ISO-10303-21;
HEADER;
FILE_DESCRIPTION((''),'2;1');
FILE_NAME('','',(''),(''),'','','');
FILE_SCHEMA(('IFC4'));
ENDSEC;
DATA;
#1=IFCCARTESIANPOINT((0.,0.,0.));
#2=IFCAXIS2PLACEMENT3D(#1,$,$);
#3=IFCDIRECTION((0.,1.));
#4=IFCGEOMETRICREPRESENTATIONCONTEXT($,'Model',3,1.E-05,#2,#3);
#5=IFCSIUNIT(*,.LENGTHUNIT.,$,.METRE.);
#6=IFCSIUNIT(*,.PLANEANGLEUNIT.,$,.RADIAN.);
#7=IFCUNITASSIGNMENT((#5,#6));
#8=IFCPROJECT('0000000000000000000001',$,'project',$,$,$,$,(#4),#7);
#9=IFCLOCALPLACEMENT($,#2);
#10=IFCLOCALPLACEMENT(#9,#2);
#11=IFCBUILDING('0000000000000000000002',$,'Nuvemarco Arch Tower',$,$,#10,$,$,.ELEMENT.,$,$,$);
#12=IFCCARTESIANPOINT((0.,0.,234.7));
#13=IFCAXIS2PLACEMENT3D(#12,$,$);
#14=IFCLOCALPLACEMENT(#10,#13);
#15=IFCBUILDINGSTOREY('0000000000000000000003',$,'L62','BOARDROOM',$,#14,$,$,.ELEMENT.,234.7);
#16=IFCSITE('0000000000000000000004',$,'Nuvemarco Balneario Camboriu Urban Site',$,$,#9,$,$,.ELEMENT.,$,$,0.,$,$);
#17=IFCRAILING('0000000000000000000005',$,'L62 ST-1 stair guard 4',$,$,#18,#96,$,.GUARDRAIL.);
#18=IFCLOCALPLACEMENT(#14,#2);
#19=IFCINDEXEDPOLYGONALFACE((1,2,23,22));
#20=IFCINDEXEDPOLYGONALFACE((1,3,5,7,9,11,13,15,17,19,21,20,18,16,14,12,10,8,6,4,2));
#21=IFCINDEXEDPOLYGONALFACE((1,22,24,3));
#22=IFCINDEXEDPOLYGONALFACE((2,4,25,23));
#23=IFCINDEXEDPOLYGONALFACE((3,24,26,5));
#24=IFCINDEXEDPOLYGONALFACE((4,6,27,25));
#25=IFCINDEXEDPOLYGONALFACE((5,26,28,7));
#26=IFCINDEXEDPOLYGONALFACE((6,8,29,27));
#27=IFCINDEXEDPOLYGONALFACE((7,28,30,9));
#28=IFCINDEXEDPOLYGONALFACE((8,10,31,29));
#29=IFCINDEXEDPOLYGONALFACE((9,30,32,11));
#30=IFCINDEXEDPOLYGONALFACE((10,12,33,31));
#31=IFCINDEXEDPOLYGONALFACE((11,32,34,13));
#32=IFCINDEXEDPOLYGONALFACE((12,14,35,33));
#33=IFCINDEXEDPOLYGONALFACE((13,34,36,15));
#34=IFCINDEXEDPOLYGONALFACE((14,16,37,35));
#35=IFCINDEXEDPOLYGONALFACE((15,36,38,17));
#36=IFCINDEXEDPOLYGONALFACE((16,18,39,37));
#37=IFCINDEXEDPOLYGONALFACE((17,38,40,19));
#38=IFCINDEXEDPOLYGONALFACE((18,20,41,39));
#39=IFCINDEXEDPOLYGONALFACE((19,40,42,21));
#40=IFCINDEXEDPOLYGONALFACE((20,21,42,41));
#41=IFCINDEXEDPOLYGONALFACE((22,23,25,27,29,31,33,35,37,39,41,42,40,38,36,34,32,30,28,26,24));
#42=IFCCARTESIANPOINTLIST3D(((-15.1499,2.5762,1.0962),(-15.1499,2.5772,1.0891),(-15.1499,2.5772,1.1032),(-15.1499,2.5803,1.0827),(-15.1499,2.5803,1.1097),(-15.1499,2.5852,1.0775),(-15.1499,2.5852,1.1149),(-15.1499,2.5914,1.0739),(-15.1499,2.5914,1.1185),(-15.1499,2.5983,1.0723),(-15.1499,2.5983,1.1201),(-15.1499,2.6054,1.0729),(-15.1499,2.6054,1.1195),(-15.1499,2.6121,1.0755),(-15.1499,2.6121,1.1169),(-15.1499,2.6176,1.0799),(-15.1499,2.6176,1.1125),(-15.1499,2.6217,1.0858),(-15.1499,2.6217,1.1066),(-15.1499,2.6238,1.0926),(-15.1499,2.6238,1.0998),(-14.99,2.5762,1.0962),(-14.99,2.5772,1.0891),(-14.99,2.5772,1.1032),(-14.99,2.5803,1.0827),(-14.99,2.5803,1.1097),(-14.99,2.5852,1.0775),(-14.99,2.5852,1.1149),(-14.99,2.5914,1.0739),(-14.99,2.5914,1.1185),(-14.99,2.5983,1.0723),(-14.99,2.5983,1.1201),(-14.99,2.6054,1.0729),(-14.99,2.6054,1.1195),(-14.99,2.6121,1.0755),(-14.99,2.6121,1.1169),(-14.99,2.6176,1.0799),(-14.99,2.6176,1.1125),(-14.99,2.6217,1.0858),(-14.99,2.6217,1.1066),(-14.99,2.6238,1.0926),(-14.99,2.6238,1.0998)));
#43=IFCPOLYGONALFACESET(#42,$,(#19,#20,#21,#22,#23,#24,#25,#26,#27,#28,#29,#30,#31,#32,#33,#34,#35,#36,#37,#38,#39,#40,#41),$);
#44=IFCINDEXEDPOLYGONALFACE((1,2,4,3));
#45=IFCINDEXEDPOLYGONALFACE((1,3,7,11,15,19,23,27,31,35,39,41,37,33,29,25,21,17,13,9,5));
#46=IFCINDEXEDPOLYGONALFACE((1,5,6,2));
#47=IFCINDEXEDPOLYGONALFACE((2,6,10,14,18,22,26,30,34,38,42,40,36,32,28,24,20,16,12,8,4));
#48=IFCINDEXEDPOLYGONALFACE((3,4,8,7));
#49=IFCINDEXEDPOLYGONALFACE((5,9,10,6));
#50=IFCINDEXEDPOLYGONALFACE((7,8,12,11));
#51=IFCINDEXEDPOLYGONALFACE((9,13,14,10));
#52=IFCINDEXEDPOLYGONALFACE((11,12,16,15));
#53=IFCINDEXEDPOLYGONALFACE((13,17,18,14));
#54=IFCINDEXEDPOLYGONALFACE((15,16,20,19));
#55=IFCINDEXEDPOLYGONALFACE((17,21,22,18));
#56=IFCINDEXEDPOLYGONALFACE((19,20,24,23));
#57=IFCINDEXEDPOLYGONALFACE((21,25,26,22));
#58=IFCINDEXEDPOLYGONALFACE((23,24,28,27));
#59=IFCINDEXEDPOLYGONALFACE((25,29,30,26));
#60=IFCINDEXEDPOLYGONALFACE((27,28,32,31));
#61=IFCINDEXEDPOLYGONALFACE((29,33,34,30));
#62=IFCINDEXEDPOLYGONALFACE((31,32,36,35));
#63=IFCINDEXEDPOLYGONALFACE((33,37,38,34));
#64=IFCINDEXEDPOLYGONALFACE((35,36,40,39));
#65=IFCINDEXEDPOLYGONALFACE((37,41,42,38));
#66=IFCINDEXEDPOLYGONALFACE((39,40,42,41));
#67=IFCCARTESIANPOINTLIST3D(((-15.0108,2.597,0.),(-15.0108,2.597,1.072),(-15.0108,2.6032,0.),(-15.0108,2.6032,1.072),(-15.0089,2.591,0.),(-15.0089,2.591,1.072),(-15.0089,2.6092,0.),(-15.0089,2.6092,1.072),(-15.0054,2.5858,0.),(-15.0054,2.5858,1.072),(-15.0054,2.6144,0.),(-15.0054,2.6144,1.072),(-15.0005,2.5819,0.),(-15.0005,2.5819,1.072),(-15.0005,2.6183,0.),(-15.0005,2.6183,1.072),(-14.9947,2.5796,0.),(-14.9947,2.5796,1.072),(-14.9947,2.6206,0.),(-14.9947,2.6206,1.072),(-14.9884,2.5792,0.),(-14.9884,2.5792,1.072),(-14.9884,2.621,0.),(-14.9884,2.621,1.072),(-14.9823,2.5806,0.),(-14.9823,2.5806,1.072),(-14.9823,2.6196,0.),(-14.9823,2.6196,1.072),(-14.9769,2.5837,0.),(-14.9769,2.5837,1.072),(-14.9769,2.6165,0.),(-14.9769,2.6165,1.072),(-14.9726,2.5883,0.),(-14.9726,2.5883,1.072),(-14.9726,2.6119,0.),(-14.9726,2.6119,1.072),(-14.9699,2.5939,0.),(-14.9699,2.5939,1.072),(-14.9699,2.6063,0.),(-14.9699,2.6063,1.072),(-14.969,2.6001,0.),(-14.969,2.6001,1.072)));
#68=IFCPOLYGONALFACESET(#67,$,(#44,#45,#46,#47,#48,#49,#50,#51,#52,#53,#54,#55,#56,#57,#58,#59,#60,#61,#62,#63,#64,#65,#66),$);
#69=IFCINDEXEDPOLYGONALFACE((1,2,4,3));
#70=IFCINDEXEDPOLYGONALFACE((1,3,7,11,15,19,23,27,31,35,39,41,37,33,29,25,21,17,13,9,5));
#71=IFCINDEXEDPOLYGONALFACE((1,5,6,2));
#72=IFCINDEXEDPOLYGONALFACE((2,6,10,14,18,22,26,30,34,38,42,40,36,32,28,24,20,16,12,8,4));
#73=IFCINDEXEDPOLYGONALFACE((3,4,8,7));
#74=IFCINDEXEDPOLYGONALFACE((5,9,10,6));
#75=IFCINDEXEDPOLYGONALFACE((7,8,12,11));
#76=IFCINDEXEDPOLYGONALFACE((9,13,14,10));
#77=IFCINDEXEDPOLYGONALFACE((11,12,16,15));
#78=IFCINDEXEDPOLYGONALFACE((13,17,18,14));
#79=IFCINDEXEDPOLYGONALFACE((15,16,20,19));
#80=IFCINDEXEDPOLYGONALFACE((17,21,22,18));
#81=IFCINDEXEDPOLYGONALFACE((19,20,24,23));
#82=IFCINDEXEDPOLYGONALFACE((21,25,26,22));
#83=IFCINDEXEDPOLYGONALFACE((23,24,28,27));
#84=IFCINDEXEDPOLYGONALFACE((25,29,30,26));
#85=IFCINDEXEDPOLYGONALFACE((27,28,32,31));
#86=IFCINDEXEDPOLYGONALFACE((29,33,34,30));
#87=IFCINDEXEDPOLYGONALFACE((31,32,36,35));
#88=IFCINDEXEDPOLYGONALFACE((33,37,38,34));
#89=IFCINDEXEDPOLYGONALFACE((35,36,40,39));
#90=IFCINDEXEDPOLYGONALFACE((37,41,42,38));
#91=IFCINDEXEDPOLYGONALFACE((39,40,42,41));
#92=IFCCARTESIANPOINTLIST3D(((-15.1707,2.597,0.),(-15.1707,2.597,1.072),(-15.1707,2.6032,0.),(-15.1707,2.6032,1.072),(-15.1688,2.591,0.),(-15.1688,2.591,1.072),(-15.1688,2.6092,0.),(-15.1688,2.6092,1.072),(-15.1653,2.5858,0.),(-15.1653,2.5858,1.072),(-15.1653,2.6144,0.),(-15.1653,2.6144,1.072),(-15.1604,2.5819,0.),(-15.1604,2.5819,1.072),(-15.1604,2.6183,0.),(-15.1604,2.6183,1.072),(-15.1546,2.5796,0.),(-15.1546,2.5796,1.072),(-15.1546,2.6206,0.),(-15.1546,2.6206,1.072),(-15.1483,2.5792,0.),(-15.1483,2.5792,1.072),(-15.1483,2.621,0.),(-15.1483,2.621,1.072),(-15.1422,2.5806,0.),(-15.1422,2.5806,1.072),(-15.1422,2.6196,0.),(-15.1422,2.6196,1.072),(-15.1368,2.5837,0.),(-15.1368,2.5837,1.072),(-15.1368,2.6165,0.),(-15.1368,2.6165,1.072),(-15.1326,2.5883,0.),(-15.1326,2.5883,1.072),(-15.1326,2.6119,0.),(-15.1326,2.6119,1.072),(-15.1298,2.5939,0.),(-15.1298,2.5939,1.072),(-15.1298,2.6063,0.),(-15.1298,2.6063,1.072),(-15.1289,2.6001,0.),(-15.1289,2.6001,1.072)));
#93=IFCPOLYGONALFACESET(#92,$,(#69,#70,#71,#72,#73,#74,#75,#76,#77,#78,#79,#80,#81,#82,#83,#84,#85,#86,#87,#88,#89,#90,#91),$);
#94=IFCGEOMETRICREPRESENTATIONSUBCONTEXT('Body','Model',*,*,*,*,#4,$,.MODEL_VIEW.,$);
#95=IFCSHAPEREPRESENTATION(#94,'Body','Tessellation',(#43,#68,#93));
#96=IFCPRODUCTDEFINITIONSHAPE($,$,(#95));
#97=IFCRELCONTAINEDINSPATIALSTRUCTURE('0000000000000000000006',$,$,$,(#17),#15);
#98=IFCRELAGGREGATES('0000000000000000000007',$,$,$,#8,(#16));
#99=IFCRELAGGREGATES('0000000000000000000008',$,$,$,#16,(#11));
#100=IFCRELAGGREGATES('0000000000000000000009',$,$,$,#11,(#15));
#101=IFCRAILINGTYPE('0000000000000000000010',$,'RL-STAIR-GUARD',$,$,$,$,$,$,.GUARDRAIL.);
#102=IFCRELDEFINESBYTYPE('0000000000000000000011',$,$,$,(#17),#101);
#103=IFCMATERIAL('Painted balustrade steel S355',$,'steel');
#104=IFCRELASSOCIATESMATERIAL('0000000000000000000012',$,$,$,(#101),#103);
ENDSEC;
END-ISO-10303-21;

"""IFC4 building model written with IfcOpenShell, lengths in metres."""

from ifc_helpers import new_model, si_unit, direction, frame, origin, origin_2d, place, context, subcontext, project, spatial, circle, extrude, material, type_object, element, save


model = new_model("IFC4")

# Units and contexts
model_context = context("Model", 3, precision=1e-05, world=origin(), true_north=direction((0.0, 1.0)))
body_context = subcontext(model_context, "Body", "Model", "MODEL_VIEW")
ifc_project = project(units=[si_unit("LENGTHUNIT", "METRE"), si_unit("PLANEANGLEUNIT", "RADIAN")], contexts=[model_context])

# Site, building, storey
site_placement = place(None, origin())
site = spatial("IfcSite", under=ifc_project, at=site_placement, Name="Nuvemarco Balneario Camboriu Urban Site", CompositionType="ELEMENT", RefElevation=0.0)
building_placement = place(site_placement, origin())
building = spatial("IfcBuilding", under=site, at=building_placement, Name="Nuvemarco Arch Tower", CompositionType="ELEMENT")
storey_placement = place(building_placement, frame((0.0, 0.0, 234.7)))
storey = spatial("IfcBuildingStorey", under=building, at=storey_placement, Name="L62", Description="BOARDROOM", CompositionType="ELEMENT", Elevation=234.7)

# Railing
ifc_material_1 = material(Name="Painted balustrade steel S355", Category="steel")
railing_type_1 = type_object("IfcRailingType", Name="RL-STAIR-GUARD", PredefinedType="GUARDRAIL", material=ifc_material_1)
railing_1_placement = place(storey_placement, frame((-14.99, 2.6001, 0.0)))
element("IfcRailing", 1, at=railing_1_placement, inside=storey, type_object=railing_type_1, Name="L62 ST-1 stair guard 4", PredefinedType="GUARDRAIL", context=body_context, shape_type="SweptSolid", body=[
    extrude(circle(Radius=0.0239, at=origin_2d()), frame((0.0, 0.0, 1.0962), z_axis=(-1.0, 0.0, 0.0), x_axis=(0.0, -1.0, 0.0)), (0.0, 0.0, 1.0), 0.1599),
    extrude(circle(Radius=0.021, at=origin_2d()), origin(), (0.0, 0.0, 1.0), 1.072),
    extrude(circle(Radius=0.021, at=origin_2d()), frame((-0.1599, 0.0, 0.0)), (0.0, 0.0, 1.0), 1.072),
])

save(model, "model.ifc")
